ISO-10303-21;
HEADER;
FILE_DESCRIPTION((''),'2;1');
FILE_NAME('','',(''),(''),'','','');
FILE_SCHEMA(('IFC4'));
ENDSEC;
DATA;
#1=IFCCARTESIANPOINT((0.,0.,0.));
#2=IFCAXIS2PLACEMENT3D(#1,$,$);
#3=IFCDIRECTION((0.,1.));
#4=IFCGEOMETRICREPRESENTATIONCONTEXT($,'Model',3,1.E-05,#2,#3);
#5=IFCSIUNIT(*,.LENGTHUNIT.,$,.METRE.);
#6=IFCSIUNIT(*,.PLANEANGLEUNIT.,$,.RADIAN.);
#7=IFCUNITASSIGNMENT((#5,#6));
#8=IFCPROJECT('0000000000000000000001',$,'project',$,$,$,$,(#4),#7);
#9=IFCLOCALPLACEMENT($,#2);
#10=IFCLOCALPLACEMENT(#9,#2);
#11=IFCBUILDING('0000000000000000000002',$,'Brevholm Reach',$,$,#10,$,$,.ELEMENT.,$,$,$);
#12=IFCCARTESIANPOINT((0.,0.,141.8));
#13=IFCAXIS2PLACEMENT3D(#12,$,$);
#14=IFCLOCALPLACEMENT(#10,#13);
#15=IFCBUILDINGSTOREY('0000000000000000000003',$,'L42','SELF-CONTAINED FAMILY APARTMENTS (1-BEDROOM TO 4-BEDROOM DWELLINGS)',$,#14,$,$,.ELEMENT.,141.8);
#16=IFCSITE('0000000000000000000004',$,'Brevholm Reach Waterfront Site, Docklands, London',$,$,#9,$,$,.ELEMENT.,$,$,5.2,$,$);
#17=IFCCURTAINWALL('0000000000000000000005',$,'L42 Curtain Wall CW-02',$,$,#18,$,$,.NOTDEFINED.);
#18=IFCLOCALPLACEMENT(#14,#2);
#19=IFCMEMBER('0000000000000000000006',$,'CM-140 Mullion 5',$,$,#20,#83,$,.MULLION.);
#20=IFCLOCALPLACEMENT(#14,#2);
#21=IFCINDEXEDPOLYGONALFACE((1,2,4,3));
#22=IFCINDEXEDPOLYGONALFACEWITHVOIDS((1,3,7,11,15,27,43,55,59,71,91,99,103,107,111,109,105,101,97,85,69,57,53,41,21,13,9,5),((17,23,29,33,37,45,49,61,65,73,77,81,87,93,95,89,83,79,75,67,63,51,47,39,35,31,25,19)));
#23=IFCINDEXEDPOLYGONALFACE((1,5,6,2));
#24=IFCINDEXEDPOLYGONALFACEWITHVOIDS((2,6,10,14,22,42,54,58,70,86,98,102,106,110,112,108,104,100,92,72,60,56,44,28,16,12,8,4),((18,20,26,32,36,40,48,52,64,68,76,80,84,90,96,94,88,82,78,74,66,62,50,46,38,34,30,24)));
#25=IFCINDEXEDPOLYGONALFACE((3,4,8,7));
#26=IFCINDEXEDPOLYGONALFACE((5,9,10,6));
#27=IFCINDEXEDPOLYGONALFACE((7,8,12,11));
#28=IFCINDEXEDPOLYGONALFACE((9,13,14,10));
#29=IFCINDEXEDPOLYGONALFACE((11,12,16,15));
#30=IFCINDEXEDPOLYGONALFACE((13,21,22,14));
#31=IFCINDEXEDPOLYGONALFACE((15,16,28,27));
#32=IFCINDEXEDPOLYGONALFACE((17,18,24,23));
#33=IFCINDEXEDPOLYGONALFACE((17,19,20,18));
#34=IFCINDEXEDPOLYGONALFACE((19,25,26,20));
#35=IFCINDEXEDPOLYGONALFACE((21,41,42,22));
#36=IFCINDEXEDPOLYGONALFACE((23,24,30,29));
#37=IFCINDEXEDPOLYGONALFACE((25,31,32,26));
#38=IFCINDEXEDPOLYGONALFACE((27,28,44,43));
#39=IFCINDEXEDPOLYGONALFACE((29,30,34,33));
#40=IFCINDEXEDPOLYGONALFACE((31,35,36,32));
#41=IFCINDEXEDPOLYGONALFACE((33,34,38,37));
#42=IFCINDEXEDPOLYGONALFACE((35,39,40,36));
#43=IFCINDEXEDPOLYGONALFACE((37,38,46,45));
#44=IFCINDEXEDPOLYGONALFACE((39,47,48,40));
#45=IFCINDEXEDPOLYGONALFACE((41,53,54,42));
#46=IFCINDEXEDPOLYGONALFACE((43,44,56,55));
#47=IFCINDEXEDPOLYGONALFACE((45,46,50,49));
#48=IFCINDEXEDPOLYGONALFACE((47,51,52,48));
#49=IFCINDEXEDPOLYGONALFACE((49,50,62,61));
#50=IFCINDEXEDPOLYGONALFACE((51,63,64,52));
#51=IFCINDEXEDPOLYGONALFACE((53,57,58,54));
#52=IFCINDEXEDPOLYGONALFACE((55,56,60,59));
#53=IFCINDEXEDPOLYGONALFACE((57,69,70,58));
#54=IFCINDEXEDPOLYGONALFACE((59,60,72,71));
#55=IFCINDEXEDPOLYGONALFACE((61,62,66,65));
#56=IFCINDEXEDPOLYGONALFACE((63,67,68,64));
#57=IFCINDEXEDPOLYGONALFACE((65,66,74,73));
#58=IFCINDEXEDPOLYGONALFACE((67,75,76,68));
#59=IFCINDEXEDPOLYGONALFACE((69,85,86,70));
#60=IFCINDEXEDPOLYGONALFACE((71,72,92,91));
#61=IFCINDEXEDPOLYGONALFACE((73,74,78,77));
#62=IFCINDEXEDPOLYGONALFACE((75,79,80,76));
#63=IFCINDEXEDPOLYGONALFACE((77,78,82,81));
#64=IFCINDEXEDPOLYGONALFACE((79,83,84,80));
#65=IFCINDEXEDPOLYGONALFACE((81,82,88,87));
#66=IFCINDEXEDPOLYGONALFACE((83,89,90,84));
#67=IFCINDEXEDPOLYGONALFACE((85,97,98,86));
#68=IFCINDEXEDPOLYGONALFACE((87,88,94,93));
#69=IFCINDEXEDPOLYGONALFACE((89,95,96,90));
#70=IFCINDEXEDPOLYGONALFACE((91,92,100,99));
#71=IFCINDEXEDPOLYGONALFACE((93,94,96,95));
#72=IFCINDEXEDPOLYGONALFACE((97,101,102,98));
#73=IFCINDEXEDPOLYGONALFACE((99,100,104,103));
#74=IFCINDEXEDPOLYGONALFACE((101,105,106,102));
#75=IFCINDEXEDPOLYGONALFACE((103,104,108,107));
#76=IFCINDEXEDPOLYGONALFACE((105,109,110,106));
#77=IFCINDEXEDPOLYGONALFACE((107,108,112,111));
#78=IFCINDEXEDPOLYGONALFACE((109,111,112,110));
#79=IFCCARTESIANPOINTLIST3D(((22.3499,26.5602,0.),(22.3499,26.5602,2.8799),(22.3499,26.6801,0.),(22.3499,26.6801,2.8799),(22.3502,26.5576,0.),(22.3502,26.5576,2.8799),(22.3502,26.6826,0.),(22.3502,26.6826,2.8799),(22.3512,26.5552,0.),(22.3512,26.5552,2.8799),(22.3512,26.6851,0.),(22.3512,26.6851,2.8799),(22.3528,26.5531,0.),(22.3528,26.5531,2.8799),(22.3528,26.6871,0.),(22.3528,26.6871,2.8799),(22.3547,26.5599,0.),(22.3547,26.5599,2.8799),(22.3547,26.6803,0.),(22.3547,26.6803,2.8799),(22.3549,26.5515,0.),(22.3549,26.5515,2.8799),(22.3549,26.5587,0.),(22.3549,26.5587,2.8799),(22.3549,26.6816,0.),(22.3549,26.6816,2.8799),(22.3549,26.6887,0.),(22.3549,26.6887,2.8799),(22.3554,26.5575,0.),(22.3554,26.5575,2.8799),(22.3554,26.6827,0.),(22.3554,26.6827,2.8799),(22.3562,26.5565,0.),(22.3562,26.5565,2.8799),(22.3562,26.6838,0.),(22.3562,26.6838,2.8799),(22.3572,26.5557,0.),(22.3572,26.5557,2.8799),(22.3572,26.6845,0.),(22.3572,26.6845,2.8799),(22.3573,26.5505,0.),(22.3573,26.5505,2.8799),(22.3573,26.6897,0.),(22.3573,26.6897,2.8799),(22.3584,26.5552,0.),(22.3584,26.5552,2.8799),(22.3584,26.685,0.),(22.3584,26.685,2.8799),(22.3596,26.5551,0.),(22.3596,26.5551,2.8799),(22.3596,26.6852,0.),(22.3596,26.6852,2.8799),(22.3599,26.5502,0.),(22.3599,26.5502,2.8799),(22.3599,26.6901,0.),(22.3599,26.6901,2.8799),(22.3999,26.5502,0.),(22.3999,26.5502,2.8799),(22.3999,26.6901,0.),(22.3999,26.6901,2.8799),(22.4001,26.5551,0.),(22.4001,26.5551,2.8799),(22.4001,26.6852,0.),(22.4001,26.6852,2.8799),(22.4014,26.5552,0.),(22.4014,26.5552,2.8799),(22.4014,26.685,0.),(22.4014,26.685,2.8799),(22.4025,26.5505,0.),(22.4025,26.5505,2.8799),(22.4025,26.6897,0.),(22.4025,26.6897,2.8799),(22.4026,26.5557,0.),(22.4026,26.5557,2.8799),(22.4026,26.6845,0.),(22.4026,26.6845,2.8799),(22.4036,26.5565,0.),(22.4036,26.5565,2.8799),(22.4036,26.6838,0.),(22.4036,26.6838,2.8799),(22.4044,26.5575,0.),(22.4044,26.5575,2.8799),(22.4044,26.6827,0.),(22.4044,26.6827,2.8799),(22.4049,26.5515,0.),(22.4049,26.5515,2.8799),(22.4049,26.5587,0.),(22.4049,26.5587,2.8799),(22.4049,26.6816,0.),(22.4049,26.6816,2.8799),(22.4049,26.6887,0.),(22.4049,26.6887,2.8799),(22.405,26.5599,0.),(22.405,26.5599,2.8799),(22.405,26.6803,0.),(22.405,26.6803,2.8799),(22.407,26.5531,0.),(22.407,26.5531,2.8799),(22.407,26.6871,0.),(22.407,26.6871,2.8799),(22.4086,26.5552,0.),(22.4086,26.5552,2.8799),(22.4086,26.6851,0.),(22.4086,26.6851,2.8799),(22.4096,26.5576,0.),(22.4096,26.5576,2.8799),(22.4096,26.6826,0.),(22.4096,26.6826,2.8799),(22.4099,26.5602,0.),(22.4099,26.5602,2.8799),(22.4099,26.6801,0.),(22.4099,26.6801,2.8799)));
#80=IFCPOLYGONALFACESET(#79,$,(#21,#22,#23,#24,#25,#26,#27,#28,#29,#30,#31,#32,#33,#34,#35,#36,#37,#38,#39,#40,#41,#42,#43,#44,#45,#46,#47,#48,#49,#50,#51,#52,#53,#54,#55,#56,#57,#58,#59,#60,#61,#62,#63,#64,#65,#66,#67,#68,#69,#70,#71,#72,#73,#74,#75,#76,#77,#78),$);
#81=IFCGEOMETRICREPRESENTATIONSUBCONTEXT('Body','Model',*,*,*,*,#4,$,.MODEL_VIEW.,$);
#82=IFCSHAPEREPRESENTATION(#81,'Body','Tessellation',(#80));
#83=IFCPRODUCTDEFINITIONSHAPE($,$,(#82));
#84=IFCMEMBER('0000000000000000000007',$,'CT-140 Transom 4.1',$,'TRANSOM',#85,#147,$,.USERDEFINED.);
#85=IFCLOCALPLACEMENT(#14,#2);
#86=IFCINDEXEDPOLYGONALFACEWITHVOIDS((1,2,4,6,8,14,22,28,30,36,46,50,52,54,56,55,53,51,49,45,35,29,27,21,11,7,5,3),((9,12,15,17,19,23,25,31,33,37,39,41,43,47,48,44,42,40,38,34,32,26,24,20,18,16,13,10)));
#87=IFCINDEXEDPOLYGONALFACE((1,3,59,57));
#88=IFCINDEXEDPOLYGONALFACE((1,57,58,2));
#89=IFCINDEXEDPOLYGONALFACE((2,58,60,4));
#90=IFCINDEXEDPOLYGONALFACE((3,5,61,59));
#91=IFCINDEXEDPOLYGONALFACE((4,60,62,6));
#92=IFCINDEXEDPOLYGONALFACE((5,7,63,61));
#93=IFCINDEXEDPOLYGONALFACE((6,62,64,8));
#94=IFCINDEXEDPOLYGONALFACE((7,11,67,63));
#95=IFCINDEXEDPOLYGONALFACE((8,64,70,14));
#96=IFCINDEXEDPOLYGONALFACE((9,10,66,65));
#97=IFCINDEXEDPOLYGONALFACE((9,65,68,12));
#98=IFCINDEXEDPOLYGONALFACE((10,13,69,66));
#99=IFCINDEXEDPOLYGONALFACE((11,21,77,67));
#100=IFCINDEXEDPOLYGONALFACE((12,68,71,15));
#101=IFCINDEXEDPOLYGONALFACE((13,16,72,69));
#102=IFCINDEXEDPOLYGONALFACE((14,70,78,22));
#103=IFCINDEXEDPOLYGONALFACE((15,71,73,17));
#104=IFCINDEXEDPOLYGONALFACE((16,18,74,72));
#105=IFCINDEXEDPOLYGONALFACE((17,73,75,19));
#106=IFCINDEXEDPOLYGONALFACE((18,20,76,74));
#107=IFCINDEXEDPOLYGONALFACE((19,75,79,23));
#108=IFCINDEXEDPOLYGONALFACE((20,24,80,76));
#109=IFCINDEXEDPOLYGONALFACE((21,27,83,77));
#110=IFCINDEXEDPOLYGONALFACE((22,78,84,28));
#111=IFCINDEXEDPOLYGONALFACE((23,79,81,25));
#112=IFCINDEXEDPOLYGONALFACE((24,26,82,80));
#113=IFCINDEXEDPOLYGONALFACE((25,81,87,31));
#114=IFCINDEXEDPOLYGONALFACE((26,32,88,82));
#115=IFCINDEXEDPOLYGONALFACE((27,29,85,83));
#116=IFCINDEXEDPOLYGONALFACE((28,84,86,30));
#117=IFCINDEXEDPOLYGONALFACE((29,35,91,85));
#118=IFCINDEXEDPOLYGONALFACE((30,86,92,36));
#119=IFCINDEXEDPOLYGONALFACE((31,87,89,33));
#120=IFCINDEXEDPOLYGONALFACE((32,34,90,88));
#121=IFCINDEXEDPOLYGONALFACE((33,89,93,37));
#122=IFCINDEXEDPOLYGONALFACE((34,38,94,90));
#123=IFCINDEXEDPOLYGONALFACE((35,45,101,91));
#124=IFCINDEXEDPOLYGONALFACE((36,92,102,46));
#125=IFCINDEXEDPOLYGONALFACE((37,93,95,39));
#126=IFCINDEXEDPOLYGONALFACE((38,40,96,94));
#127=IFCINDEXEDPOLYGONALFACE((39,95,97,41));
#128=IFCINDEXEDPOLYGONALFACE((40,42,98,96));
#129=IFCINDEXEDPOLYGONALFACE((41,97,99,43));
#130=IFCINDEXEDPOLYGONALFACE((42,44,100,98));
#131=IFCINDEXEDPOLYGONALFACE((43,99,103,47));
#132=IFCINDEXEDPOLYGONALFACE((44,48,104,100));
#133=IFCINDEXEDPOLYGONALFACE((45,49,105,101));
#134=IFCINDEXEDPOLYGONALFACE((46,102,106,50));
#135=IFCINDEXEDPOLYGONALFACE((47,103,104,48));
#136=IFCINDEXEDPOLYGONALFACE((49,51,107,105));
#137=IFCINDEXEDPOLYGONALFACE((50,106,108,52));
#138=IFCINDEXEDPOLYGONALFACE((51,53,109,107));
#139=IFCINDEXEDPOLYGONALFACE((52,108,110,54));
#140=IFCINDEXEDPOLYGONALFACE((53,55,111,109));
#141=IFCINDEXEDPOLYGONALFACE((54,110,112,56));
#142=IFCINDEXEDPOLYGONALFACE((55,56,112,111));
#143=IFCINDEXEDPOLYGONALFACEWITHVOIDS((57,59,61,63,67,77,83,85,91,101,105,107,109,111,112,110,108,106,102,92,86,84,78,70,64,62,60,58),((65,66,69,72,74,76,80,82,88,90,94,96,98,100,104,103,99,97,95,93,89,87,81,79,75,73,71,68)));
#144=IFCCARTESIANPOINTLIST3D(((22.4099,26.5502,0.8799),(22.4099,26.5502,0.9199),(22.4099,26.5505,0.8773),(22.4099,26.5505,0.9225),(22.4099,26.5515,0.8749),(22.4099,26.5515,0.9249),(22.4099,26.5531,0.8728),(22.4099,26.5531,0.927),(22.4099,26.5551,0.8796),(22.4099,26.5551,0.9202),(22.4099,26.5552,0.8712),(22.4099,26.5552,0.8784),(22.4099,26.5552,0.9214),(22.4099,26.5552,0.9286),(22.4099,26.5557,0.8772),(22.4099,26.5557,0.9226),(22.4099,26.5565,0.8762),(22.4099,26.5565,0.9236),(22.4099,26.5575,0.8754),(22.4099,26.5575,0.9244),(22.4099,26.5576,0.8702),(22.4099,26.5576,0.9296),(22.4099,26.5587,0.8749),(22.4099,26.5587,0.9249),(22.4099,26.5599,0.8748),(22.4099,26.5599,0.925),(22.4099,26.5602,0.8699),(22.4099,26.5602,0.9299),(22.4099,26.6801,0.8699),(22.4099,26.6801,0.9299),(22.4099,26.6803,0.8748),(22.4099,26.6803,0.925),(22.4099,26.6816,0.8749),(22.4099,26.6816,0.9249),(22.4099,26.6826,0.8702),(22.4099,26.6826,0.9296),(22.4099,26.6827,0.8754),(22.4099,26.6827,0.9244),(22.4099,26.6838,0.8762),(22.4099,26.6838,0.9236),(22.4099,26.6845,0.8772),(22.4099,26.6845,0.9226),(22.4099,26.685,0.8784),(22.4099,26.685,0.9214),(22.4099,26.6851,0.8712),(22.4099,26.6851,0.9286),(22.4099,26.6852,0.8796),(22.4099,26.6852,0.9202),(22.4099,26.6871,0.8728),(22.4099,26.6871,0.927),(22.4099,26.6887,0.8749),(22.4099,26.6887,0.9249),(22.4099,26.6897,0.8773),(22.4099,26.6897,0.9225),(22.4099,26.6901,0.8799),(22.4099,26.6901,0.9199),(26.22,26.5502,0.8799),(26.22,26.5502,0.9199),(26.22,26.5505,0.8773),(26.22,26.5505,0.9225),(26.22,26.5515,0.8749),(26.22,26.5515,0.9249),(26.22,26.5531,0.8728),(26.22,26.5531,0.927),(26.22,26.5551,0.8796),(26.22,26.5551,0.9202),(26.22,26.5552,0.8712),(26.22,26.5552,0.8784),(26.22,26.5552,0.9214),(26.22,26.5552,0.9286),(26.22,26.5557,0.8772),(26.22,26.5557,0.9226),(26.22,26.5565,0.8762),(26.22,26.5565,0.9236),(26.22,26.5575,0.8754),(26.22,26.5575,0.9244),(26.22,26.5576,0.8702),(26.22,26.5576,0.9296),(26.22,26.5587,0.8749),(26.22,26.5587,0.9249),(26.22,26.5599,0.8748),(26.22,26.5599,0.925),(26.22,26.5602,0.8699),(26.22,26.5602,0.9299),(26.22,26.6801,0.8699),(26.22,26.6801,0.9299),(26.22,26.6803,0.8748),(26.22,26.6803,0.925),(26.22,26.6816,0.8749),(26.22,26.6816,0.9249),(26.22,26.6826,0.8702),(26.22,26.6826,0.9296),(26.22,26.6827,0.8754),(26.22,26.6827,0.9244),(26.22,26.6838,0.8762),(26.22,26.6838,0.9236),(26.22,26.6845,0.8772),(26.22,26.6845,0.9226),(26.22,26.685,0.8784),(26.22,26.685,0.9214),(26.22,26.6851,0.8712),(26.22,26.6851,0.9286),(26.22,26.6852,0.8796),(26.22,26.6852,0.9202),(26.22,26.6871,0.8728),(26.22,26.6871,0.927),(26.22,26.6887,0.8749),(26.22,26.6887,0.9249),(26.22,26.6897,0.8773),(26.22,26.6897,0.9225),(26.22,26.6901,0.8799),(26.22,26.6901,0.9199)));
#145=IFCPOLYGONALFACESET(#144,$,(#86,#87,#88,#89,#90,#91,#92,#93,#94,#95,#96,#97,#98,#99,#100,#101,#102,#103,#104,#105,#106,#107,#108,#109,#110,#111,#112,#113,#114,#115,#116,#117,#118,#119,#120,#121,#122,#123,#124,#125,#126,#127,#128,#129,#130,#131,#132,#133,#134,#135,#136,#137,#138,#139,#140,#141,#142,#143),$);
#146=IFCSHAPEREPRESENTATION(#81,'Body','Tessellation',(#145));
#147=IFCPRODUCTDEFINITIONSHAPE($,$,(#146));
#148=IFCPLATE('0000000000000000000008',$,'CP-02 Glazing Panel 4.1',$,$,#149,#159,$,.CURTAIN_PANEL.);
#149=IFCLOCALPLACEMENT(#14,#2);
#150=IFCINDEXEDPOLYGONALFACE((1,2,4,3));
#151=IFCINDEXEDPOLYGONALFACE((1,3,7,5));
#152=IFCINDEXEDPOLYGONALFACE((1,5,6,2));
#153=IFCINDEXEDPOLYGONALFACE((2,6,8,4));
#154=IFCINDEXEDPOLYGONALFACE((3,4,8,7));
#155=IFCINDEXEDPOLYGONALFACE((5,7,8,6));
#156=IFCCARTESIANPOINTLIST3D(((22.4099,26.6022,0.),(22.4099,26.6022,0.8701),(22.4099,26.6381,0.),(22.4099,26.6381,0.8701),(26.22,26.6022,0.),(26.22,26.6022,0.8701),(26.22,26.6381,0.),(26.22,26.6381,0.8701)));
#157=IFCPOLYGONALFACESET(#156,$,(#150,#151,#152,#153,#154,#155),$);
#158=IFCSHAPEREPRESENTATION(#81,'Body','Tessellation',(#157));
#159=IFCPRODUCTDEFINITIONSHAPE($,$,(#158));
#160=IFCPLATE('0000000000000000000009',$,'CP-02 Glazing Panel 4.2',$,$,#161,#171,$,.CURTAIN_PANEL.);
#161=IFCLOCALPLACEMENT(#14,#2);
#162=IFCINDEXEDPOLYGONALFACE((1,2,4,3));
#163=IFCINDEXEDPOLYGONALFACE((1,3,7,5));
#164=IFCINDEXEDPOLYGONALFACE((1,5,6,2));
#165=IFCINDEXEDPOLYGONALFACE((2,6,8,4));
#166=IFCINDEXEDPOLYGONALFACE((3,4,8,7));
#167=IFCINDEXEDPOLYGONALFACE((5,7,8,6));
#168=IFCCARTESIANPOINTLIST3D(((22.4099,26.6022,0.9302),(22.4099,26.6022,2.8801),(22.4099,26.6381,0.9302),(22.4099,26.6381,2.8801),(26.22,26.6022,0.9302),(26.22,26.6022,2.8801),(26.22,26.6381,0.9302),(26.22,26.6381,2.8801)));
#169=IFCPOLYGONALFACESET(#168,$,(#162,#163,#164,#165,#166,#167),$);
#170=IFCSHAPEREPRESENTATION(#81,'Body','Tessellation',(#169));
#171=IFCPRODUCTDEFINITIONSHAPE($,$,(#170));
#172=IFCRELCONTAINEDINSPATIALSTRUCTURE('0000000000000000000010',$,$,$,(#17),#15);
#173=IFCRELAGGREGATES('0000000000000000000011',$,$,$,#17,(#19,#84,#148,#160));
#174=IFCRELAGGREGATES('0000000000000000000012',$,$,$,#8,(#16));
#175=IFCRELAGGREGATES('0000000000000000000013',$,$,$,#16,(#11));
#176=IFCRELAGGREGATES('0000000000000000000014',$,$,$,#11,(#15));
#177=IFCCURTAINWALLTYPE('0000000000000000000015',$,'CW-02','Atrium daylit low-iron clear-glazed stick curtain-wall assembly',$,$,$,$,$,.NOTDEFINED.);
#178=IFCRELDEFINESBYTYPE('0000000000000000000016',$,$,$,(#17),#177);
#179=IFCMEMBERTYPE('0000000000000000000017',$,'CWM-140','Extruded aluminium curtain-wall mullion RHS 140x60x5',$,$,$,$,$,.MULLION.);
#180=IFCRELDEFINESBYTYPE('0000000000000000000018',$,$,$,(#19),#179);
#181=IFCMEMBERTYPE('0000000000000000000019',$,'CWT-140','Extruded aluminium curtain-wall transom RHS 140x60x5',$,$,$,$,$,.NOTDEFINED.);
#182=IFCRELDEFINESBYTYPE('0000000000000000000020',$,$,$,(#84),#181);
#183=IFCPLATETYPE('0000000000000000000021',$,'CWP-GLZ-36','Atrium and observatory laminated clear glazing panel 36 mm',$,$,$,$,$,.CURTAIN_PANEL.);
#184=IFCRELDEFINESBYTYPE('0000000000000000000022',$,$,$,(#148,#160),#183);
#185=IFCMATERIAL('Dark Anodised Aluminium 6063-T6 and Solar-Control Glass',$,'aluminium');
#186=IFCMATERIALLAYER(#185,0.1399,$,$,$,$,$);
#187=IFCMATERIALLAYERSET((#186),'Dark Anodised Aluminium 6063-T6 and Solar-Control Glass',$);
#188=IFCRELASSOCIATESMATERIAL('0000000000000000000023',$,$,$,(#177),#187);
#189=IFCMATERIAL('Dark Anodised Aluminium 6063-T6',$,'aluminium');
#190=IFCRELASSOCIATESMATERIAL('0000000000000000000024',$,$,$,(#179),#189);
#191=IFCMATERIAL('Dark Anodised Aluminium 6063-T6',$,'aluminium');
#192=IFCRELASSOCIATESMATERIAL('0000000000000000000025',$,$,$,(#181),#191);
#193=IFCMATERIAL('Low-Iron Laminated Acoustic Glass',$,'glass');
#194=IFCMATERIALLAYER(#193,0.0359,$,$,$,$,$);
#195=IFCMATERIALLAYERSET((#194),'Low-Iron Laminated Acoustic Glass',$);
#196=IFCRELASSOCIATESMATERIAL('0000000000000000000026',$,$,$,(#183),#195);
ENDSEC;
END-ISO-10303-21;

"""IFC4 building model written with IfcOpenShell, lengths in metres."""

from ifc_helpers import new_model, si_unit, direction, frame, origin, origin_2d, place, context, subcontext, project, spatial, rectangle, hollow_rectangle, extrude, material, layer, layer_set, material_profile, profile_set, type_object, element, aggregate, save


model = new_model("IFC4")

# Units and contexts
model_context = context("Model", 3, precision=1e-05, world=origin(), true_north=direction((0.0, 1.0)))
body_context = subcontext(model_context, "Body", "Model", "MODEL_VIEW")
ifc_project = project(units=[si_unit("LENGTHUNIT", "METRE"), si_unit("PLANEANGLEUNIT", "RADIAN")], contexts=[model_context])

# Site, building, storey
site_placement = place(None, origin())
site = spatial("IfcSite", under=ifc_project, at=site_placement, Name="Brevholm Reach Waterfront Site, Docklands, London", CompositionType="ELEMENT", RefElevation=5.2)
building_placement = place(site_placement, origin())
building = spatial("IfcBuilding", under=site, at=building_placement, Name="Brevholm Reach", CompositionType="ELEMENT")
storey_placement = place(building_placement, frame((0.0, 0.0, 141.8)))
storey = spatial("IfcBuildingStorey", under=building, at=storey_placement, Name="L42", Description="SELF-CONTAINED FAMILY APARTMENTS (1-BEDROOM TO 4-BEDROOM DWELLINGS)", CompositionType="ELEMENT", Elevation=141.8)

# Curtain wall, members, plates
ifc_material_1 = material(Name="Dark Anodised Aluminium 6063-T6 and Solar-Control Glass", Category="aluminium")
ifc_layer_1 = layer(ifc_material_1, 0.1399)
ifc_layer_set_1 = layer_set([ifc_layer_1], Name="Dark Anodised Aluminium 6063-T6 and Solar-Control Glass")
curtain_wall_type = type_object("IfcCurtainWallType", Name="CW-02", Description="Atrium daylit low-iron clear-glazed stick curtain-wall assembly", PredefinedType="NOTDEFINED", material=ifc_layer_set_1)
curtain_wall_placement = place(storey_placement, origin())
curtain_wall = element("IfcCurtainWall", 1, at=curtain_wall_placement, inside=storey, type_object=curtain_wall_type, Name="L42 Curtain Wall CW-02", PredefinedType="NOTDEFINED")
ifc_material_2 = material(Name="Dark Anodised Aluminium 6063-T6", Category="aluminium")
ifc_material_profile_1 = material_profile(ifc_material_2, hollow_rectangle(XDim=0.0601, YDim=0.1399, WallThickness=0.0049, InnerFilletRadius=0.0049, OuterFilletRadius=0.01, at=origin_2d()), Name="RHS 140x60x5")
ifc_profile_set_1 = profile_set([ifc_material_profile_1], Name="Dark Anodised Aluminium 6063-T6")
member_type_1 = type_object("IfcMemberType", Name="CWM-140", Description="Extruded aluminium curtain-wall mullion RHS 140x60x5", PredefinedType="MULLION", material=ifc_profile_set_1)
member_1_placement = place(storey_placement, frame((22.3799, 26.6201, 0.0), z_axis=(0.0, 0.0, 1.0), x_axis=(-1.0, 0.0, 0.0)))
member_1 = element("IfcMember", 2, at=member_1_placement, type_object=member_type_1, Name="CM-140 Mullion 5", PredefinedType="MULLION", context=body_context, shape_type="SweptSolid", body=[
    extrude(hollow_rectangle(XDim=0.0601, YDim=0.1399, WallThickness=0.0049, InnerFilletRadius=0.0049, OuterFilletRadius=0.01, at=origin_2d()), origin(), (0.0, 0.0, 1.0), 2.8799),
])
ifc_material_3 = material(Name="Dark Anodised Aluminium 6063-T6", Category="aluminium")
ifc_material_profile_2 = material_profile(ifc_material_3, hollow_rectangle(XDim=0.0601, YDim=0.1399, WallThickness=0.0049, InnerFilletRadius=0.0049, OuterFilletRadius=0.01, at=origin_2d()), Name="RHS 140x60x5")
ifc_profile_set_2 = profile_set([ifc_material_profile_2], Name="Dark Anodised Aluminium 6063-T6")
member_type_2 = type_object("IfcMemberType", Name="CWT-140", Description="Extruded aluminium curtain-wall transom RHS 140x60x5", PredefinedType="NOTDEFINED", material=ifc_profile_set_2)
member_2_placement = place(storey_placement, frame((26.22, 26.6201, 0.8999), z_axis=(-1.0, 0.0, 0.0), x_axis=(0.0, 0.0, 1.0)))
member_2 = element("IfcMember", 3, at=member_2_placement, type_object=member_type_2, Name="CT-140 Transom 4.1", ObjectType="TRANSOM", PredefinedType="USERDEFINED", context=body_context, shape_type="SweptSolid", body=[
    extrude(hollow_rectangle(XDim=0.0601, YDim=0.1399, WallThickness=0.0049, InnerFilletRadius=0.0049, OuterFilletRadius=0.01, at=origin_2d()), origin(), (0.0, 0.0, 1.0), 3.8101),
])
ifc_material_4 = material(Name="Low-Iron Laminated Acoustic Glass", Category="glass")
ifc_layer_2 = layer(ifc_material_4, 0.0359)
ifc_layer_set_2 = layer_set([ifc_layer_2], Name="Low-Iron Laminated Acoustic Glass")
plate_type = type_object("IfcPlateType", Name="CWP-GLZ-36", Description="Atrium and observatory laminated clear glazing panel 36 mm", PredefinedType="CURTAIN_PANEL", material=ifc_layer_set_2)
plate_1_placement = place(storey_placement, frame((24.3149, 26.6201, 0.0), z_axis=(0.0, 0.0, 1.0), x_axis=(-1.0, 0.0, 0.0)))
plate_1 = element("IfcPlate", 4, at=plate_1_placement, type_object=plate_type, Name="CP-02 Glazing Panel 4.1", PredefinedType="CURTAIN_PANEL", context=body_context, shape_type="SweptSolid", body=[
    extrude(rectangle(XDim=3.8101, YDim=0.0359, at=origin_2d()), origin(), (0.0, 0.0, 1.0), 0.8701),
])
plate_2_placement = place(storey_placement, frame((24.3149, 26.6201, 0.9302), z_axis=(0.0, 0.0, 1.0), x_axis=(-1.0, 0.0, 0.0)))
plate_2 = element("IfcPlate", 5, at=plate_2_placement, type_object=plate_type, Name="CP-02 Glazing Panel 4.2", PredefinedType="CURTAIN_PANEL", context=body_context, shape_type="SweptSolid", body=[
    extrude(rectangle(XDim=3.8101, YDim=0.0359, at=origin_2d()), origin(), (0.0, 0.0, 1.0), 1.95),
])
aggregate(curtain_wall, [member_1, member_2, plate_1, plate_2])

save(model, "model.ifc")
